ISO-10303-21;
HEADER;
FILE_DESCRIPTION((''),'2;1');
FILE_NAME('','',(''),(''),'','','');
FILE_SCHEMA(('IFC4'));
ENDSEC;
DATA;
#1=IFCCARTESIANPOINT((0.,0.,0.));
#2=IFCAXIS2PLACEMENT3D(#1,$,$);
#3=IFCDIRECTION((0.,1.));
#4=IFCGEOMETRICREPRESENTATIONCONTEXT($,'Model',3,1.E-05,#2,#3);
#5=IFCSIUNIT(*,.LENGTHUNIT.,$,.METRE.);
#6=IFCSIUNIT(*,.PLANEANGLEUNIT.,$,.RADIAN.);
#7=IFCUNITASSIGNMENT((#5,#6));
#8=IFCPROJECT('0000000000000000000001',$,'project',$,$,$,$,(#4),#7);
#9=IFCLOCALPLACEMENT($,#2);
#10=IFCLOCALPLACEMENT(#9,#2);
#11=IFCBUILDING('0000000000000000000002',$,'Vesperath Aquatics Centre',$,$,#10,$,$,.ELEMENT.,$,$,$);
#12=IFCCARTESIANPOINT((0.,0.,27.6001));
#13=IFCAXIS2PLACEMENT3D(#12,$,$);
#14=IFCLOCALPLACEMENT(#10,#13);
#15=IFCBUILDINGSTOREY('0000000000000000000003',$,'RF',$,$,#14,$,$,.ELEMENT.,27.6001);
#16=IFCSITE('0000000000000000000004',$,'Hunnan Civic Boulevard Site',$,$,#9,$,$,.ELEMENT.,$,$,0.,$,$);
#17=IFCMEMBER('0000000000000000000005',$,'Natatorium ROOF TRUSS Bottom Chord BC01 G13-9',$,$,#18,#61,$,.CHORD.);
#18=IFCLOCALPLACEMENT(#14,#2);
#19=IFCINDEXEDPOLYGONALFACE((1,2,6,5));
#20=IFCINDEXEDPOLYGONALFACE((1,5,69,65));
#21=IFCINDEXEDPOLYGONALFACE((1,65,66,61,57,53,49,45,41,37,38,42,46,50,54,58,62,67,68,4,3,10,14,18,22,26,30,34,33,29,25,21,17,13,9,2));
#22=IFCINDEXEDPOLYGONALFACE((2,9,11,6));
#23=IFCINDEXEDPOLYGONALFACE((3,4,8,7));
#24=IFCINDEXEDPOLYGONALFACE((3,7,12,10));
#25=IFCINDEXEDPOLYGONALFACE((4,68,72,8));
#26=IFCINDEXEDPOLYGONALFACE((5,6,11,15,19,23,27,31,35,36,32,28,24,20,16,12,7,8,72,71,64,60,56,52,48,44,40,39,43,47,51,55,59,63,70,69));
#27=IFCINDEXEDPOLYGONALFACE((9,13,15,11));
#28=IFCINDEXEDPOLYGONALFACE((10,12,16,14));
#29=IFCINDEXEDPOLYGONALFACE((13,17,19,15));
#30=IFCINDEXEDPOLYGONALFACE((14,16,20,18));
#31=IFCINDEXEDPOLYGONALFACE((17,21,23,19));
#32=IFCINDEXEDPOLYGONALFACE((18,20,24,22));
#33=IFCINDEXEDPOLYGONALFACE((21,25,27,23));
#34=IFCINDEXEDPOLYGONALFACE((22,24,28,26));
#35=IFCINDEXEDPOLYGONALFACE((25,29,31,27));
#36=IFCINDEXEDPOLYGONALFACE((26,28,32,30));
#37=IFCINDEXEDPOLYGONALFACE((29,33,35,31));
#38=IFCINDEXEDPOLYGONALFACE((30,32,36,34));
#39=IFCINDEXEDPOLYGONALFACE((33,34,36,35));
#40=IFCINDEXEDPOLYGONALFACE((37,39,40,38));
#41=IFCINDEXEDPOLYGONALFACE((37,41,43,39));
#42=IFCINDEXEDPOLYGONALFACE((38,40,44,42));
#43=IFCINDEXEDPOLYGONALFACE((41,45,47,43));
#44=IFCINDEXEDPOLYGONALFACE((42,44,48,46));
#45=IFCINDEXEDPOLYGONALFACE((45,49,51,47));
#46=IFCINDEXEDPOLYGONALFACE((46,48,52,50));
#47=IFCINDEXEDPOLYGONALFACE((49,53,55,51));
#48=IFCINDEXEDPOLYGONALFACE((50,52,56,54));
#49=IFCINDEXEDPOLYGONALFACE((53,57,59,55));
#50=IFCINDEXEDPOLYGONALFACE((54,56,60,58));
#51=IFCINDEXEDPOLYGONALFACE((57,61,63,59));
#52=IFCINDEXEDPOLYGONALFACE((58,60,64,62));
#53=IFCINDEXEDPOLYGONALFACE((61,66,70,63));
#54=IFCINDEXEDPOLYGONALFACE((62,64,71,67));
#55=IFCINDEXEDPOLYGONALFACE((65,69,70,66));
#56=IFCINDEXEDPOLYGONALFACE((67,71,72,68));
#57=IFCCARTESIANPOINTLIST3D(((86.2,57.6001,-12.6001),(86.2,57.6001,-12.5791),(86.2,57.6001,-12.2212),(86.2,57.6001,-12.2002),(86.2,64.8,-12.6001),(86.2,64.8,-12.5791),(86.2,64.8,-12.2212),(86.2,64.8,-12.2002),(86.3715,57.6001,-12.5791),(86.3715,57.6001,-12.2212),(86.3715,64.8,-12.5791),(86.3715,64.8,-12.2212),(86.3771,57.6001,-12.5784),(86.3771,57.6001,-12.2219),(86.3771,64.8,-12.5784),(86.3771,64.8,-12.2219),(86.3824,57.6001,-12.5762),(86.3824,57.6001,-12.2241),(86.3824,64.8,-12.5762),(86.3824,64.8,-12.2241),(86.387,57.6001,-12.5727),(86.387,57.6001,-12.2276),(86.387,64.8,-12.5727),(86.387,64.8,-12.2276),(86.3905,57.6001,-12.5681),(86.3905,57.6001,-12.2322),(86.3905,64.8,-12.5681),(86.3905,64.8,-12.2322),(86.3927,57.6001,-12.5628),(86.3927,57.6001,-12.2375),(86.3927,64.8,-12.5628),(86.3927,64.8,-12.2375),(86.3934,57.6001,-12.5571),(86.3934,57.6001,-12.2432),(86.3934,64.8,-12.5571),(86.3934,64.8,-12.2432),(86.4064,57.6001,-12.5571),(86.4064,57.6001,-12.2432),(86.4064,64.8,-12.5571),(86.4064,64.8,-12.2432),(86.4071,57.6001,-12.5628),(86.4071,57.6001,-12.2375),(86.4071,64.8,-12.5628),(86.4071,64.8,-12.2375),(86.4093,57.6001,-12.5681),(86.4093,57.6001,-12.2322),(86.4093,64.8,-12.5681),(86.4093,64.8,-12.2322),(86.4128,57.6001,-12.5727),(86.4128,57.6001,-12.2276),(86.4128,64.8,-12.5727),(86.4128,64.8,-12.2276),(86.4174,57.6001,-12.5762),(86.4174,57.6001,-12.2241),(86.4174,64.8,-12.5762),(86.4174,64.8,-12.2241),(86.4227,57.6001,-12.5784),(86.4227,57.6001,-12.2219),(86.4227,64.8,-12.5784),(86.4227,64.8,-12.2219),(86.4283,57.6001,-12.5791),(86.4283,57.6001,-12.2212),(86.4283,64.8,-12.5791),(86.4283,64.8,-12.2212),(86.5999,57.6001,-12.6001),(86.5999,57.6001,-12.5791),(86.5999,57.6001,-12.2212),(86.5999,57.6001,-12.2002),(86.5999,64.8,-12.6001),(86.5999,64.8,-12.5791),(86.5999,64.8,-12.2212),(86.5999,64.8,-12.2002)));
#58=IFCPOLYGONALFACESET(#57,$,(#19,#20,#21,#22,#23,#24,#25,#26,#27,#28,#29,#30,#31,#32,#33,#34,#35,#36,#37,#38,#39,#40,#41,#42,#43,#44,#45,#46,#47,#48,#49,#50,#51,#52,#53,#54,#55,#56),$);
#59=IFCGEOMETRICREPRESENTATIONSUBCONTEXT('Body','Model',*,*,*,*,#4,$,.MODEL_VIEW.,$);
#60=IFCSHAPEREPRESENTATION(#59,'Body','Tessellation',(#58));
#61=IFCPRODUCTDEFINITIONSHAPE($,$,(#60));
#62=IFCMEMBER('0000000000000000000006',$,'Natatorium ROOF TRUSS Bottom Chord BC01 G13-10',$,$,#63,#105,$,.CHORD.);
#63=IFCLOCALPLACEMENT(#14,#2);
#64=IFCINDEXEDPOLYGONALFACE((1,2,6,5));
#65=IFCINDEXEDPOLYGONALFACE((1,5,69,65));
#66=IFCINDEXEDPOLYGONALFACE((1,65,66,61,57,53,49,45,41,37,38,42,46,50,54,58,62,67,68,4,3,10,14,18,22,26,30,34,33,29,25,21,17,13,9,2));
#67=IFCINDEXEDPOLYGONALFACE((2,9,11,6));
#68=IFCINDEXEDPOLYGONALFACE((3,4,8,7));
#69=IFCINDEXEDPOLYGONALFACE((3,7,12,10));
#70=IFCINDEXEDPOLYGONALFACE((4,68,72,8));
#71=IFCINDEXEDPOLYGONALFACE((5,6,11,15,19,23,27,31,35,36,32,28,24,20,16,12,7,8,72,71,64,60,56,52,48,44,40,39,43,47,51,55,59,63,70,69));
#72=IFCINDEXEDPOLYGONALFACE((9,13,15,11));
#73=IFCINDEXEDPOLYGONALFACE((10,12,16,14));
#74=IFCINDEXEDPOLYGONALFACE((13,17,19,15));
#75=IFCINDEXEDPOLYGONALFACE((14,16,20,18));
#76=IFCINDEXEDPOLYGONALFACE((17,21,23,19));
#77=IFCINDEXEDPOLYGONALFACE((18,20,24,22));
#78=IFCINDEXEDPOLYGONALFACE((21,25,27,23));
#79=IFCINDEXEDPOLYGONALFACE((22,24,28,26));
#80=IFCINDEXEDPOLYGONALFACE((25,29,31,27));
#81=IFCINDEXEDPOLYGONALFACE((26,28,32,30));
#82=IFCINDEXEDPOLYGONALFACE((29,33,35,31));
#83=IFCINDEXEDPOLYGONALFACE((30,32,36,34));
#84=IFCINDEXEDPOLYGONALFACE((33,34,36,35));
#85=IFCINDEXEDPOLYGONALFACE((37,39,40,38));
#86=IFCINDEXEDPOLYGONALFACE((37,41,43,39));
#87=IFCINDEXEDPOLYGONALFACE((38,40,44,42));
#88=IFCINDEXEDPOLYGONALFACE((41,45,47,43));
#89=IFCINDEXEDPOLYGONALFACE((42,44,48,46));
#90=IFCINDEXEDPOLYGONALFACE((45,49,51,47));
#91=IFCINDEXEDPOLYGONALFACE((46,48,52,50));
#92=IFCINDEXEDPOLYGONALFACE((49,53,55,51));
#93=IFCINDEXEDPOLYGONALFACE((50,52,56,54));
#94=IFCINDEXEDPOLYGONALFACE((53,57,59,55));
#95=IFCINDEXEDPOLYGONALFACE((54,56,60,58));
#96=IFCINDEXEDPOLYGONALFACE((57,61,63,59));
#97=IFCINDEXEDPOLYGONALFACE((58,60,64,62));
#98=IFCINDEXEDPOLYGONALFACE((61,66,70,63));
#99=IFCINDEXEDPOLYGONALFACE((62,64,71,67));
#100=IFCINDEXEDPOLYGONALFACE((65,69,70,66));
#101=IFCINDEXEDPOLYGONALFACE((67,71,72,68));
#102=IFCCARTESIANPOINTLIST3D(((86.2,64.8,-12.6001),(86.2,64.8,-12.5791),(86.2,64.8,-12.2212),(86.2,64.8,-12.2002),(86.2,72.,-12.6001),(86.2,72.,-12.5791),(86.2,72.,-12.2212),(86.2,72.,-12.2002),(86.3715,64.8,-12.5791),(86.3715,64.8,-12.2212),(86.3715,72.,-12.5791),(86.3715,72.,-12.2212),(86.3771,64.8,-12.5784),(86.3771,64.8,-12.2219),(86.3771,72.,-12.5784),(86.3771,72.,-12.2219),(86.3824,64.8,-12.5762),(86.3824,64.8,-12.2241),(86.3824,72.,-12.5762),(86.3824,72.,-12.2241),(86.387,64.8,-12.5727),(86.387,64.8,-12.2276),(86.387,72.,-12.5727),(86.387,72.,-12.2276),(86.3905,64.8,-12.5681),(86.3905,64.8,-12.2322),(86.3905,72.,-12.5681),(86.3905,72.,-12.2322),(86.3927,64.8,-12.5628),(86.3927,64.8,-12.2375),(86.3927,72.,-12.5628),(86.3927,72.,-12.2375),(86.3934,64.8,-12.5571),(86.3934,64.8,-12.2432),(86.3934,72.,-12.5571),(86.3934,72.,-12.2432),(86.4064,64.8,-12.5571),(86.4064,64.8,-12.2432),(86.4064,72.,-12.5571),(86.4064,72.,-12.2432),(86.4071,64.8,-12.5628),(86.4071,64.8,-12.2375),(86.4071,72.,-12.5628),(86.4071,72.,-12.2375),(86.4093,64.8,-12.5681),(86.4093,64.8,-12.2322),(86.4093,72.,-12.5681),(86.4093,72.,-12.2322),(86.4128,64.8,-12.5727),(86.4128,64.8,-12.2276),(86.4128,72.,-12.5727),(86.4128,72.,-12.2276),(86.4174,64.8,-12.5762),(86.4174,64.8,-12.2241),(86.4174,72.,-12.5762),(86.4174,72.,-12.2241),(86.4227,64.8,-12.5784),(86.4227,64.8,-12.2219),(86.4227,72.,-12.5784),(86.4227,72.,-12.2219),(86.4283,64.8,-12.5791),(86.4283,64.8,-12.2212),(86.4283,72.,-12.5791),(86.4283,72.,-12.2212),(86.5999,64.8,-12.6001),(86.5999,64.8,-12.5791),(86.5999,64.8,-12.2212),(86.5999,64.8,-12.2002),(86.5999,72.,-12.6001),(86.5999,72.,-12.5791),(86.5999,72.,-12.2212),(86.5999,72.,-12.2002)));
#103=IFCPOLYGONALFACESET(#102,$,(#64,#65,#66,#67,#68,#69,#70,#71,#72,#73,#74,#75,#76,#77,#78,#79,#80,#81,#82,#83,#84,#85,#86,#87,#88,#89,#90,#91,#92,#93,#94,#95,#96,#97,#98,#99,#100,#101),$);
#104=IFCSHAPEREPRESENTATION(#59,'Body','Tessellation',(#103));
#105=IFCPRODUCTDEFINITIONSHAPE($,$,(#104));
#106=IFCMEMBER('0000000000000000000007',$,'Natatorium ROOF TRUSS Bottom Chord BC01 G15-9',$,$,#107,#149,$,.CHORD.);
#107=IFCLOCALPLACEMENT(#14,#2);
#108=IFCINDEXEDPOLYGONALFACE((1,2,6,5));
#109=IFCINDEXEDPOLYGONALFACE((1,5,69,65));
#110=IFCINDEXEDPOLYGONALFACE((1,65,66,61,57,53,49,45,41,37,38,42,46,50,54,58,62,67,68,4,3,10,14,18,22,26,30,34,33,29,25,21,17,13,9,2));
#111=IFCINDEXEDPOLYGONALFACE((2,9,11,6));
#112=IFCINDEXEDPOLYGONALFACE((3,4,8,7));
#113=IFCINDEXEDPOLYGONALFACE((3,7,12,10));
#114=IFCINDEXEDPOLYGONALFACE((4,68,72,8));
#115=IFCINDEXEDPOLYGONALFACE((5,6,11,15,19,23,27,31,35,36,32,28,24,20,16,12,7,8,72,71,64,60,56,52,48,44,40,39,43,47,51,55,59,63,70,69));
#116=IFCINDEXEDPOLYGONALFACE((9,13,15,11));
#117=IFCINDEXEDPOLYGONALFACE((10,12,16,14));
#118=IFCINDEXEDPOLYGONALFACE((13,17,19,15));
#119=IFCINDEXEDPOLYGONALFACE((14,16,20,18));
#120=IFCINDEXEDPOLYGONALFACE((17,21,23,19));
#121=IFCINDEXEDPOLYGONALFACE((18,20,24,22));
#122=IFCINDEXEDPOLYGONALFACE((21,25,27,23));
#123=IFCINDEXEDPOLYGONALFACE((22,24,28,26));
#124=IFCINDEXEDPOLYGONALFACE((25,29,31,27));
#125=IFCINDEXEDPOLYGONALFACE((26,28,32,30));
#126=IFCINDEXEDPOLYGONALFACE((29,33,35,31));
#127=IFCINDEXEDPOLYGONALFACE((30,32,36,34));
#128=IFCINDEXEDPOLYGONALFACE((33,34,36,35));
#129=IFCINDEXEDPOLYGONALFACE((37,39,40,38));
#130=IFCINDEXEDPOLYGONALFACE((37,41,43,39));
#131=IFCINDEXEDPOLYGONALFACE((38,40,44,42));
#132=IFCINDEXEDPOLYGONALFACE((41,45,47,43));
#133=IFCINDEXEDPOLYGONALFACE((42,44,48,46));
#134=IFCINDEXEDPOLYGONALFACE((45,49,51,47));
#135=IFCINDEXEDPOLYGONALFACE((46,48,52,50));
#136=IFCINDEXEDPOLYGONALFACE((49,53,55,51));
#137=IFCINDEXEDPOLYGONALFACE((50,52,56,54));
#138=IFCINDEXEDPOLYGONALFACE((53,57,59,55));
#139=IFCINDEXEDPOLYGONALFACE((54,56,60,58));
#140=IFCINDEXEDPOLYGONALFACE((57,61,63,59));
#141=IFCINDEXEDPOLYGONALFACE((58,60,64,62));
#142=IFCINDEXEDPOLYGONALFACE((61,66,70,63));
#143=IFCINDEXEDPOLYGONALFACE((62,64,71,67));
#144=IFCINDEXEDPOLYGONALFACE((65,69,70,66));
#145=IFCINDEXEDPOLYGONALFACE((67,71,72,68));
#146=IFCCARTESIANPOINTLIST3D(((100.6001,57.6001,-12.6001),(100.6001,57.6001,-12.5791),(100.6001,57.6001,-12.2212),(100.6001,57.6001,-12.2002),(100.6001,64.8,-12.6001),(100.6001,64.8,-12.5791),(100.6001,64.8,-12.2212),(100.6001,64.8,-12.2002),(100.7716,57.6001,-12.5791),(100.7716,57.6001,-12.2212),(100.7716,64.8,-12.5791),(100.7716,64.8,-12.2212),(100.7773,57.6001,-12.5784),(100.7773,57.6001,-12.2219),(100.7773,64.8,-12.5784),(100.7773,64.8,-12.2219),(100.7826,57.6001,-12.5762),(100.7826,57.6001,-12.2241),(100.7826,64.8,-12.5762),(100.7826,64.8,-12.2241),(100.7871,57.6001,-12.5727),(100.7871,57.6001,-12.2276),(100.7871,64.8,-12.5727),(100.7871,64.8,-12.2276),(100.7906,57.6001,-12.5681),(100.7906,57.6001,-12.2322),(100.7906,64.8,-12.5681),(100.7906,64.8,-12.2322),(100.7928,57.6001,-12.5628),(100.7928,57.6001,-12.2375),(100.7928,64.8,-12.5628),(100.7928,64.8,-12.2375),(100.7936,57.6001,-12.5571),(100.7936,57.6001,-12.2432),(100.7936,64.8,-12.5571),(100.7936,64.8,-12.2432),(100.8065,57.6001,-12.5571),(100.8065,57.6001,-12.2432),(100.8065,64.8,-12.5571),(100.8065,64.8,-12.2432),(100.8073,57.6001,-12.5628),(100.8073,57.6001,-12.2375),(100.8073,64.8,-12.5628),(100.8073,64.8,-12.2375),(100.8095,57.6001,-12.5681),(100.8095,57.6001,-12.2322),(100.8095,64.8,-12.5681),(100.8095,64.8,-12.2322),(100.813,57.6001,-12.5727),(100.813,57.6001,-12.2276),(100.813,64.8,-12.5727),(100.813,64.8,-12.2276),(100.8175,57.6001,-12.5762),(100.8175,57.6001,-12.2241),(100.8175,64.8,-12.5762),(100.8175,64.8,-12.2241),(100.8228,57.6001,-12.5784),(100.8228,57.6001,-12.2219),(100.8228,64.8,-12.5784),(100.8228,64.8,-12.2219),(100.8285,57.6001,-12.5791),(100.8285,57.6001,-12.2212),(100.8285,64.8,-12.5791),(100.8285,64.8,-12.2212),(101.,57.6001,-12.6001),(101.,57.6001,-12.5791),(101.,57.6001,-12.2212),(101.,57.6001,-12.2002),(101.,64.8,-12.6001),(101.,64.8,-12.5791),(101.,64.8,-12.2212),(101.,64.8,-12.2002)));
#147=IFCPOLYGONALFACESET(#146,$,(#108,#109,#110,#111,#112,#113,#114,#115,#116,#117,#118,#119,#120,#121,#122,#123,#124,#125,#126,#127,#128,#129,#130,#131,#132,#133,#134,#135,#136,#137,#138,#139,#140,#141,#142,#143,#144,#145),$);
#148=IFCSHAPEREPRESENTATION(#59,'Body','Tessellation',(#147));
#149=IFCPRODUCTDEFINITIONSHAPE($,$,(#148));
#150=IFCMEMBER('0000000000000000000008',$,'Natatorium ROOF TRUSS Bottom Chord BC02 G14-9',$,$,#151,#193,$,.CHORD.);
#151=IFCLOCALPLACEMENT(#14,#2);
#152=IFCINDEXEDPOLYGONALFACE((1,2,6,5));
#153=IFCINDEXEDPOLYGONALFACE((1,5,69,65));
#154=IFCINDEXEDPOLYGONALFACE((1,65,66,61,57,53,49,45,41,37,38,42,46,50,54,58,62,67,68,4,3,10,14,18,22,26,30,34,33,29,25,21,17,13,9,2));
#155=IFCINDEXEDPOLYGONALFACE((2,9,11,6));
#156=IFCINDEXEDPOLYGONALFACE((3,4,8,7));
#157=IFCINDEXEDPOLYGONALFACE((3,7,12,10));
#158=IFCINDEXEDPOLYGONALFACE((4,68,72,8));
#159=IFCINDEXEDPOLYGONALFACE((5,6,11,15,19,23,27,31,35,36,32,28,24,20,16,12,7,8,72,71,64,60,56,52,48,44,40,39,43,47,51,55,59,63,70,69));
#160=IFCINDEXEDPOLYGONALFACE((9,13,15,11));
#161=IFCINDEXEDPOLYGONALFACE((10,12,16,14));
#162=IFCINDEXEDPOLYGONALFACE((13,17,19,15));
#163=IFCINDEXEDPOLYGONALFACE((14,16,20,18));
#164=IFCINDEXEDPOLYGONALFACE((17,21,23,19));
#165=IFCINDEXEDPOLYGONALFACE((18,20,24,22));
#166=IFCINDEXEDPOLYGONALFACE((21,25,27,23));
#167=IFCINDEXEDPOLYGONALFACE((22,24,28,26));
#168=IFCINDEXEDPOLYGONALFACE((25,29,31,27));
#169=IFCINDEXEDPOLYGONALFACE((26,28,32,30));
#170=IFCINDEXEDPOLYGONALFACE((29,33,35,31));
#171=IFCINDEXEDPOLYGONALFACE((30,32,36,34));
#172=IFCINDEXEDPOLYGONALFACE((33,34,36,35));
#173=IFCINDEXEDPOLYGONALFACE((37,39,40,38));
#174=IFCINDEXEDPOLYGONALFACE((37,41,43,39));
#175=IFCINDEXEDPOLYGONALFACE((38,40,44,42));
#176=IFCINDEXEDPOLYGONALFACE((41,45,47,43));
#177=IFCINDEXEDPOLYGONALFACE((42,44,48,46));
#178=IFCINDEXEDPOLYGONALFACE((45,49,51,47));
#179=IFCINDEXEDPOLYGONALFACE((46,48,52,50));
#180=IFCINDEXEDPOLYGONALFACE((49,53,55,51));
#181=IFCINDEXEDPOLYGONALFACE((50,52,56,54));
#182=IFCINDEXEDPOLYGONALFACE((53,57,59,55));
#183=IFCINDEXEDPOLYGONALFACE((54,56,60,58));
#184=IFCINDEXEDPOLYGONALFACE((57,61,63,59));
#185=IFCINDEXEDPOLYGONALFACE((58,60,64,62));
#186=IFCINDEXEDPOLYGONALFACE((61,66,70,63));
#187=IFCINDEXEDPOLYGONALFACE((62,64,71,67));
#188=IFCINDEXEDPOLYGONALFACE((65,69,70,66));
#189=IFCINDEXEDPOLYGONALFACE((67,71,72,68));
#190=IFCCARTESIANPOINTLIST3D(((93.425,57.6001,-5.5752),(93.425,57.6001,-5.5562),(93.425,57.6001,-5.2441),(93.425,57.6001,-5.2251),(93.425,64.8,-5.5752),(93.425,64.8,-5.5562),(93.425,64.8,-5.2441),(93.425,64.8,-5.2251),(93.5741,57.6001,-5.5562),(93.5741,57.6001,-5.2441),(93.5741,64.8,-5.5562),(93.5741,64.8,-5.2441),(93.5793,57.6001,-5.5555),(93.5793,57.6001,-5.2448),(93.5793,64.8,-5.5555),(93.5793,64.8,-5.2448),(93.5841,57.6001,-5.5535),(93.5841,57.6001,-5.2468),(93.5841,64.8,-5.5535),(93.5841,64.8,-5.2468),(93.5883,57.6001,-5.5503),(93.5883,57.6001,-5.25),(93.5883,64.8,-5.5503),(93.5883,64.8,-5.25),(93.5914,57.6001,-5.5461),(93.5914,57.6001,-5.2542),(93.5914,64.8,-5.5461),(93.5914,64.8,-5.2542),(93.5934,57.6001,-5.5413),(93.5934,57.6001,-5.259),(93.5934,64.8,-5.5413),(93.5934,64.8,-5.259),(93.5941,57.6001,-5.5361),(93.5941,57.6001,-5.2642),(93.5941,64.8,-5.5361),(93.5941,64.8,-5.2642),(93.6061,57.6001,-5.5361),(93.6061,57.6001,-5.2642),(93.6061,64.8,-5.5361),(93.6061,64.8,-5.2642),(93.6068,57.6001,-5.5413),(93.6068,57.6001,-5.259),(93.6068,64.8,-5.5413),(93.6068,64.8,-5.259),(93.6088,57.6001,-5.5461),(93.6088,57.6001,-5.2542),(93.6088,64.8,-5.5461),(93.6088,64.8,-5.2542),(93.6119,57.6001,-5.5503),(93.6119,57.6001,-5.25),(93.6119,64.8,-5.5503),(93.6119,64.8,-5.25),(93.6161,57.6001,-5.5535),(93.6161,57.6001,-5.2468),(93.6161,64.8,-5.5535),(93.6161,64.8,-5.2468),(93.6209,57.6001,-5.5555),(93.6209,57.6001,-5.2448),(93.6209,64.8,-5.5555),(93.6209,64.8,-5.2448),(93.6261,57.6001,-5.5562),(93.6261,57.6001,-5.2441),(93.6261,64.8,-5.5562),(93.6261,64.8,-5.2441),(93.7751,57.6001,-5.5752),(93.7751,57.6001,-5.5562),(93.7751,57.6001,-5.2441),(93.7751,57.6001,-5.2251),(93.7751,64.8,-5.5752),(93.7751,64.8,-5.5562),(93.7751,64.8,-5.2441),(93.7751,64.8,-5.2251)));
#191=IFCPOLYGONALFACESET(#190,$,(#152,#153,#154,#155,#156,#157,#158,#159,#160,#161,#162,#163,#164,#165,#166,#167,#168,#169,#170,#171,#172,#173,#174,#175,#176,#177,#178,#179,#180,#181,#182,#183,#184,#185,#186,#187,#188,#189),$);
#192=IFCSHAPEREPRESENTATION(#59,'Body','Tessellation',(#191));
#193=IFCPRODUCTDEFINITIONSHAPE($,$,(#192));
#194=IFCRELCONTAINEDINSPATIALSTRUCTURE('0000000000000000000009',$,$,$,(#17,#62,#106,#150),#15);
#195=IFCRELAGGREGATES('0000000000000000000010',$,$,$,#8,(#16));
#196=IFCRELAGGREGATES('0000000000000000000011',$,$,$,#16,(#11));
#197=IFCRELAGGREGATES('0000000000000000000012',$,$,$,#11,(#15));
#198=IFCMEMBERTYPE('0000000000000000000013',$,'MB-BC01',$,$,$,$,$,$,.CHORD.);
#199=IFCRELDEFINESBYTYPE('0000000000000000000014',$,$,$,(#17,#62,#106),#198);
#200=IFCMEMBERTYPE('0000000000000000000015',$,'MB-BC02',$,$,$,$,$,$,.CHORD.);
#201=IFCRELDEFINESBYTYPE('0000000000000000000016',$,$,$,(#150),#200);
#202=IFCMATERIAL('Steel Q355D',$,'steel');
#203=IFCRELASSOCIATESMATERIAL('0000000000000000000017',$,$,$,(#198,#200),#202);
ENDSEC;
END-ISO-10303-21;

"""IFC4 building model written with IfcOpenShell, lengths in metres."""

from ifc_helpers import new_model, si_unit, direction, frame, origin, origin_2d, place, context, subcontext, project, spatial, i_section, extrude, material, material_profile, profile_set, type_object, element, save


model = new_model("IFC4")

# Units and contexts
model_context = context("Model", 3, precision=1e-05, world=origin(), true_north=direction((0.0, 1.0)))
body_context = subcontext(model_context, "Body", "Model", "MODEL_VIEW")
ifc_project = project(units=[si_unit("LENGTHUNIT", "METRE"), si_unit("PLANEANGLEUNIT", "RADIAN")], contexts=[model_context])

# Site, building, storey
site_placement = place(None, origin())
site = spatial("IfcSite", under=ifc_project, at=site_placement, Name="Hunnan Civic Boulevard Site", CompositionType="ELEMENT", RefElevation=0.0)
building_placement = place(site_placement, origin())
building = spatial("IfcBuilding", under=site, at=building_placement, Name="Vesperath Aquatics Centre", CompositionType="ELEMENT")
storey_placement = place(building_placement, frame((0.0, 0.0, 27.6001)))
storey = spatial("IfcBuildingStorey", under=building, at=storey_placement, Name="RF", CompositionType="ELEMENT", Elevation=27.6001)

# Shared definitions
ifc_material_1 = material(Name="Steel Q355D", Category="steel")

# Members
ifc_material_profile_1 = material_profile(ifc_material_1, i_section(OverallWidth=0.3999, OverallDepth=0.3999, WebThickness=0.0129, FlangeThickness=0.021, FilletRadius=0.022, at=origin_2d()), Name="HW 400x400x13x21")
ifc_profile_set_1 = profile_set([ifc_material_profile_1], Name="Steel Q355D")
member_type_1 = type_object("IfcMemberType", Name="MB-BC01", PredefinedType="CHORD", material=ifc_profile_set_1)
for number, where, z_axis, x_axis, name in (
    (1, (86.3999, 57.6001, -12.4001), (0.0, 1.0, 0.0), (-1.0, 0.0, 0.0), "Natatorium ROOF TRUSS Bottom Chord BC01 G13-9"),
    (2, (86.3999, 64.8, -12.4001), (0.0, 1.0, 0.0), (-1.0, 0.0, 0.0), "Natatorium ROOF TRUSS Bottom Chord BC01 G13-10"),
    (3, (100.8, 57.6001, -12.4001), (0.0, 1.0, 0.0), (-1.0, 0.0, 0.0), "Natatorium ROOF TRUSS Bottom Chord BC01 G15-9"),
):
    element("IfcMember", number, at=place(storey_placement, frame(where, z_axis=z_axis, x_axis=x_axis)), inside=storey, type_object=member_type_1, Name=name, PredefinedType="CHORD", context=body_context, shape_type="SweptSolid", body=[
        extrude(i_section(OverallWidth=0.3999, OverallDepth=0.3999, WebThickness=0.0129, FlangeThickness=0.021, FilletRadius=0.022, at=origin_2d()), origin(), (0.0, 0.0, 1.0), 7.2),
    ])
ifc_material_profile_2 = material_profile(ifc_material_1, i_section(OverallWidth=0.3501, OverallDepth=0.3501, WebThickness=0.012, FlangeThickness=0.019, FilletRadius=0.02, at=origin_2d()), Name="HW 350x350x12x19")
ifc_profile_set_2 = profile_set([ifc_material_profile_2], Name="Steel Q355D")
member_type_2 = type_object("IfcMemberType", Name="MB-BC02", PredefinedType="CHORD", material=ifc_profile_set_2)
for number, where, z_axis, x_axis, name in (
    (4, (93.6001, 57.6001, -5.4001), (0.0, 1.0, 0.0), (-1.0, 0.0, 0.0), "Natatorium ROOF TRUSS Bottom Chord BC02 G14-9"),
):
    element("IfcMember", number, at=place(storey_placement, frame(where, z_axis=z_axis, x_axis=x_axis)), inside=storey, type_object=member_type_2, Name=name, PredefinedType="CHORD", context=body_context, shape_type="SweptSolid", body=[
        extrude(i_section(OverallWidth=0.3501, OverallDepth=0.3501, WebThickness=0.012, FlangeThickness=0.019, FilletRadius=0.02, at=origin_2d()), origin(), (0.0, 0.0, 1.0), 7.2),
    ])

save(model, "model.ifc")
